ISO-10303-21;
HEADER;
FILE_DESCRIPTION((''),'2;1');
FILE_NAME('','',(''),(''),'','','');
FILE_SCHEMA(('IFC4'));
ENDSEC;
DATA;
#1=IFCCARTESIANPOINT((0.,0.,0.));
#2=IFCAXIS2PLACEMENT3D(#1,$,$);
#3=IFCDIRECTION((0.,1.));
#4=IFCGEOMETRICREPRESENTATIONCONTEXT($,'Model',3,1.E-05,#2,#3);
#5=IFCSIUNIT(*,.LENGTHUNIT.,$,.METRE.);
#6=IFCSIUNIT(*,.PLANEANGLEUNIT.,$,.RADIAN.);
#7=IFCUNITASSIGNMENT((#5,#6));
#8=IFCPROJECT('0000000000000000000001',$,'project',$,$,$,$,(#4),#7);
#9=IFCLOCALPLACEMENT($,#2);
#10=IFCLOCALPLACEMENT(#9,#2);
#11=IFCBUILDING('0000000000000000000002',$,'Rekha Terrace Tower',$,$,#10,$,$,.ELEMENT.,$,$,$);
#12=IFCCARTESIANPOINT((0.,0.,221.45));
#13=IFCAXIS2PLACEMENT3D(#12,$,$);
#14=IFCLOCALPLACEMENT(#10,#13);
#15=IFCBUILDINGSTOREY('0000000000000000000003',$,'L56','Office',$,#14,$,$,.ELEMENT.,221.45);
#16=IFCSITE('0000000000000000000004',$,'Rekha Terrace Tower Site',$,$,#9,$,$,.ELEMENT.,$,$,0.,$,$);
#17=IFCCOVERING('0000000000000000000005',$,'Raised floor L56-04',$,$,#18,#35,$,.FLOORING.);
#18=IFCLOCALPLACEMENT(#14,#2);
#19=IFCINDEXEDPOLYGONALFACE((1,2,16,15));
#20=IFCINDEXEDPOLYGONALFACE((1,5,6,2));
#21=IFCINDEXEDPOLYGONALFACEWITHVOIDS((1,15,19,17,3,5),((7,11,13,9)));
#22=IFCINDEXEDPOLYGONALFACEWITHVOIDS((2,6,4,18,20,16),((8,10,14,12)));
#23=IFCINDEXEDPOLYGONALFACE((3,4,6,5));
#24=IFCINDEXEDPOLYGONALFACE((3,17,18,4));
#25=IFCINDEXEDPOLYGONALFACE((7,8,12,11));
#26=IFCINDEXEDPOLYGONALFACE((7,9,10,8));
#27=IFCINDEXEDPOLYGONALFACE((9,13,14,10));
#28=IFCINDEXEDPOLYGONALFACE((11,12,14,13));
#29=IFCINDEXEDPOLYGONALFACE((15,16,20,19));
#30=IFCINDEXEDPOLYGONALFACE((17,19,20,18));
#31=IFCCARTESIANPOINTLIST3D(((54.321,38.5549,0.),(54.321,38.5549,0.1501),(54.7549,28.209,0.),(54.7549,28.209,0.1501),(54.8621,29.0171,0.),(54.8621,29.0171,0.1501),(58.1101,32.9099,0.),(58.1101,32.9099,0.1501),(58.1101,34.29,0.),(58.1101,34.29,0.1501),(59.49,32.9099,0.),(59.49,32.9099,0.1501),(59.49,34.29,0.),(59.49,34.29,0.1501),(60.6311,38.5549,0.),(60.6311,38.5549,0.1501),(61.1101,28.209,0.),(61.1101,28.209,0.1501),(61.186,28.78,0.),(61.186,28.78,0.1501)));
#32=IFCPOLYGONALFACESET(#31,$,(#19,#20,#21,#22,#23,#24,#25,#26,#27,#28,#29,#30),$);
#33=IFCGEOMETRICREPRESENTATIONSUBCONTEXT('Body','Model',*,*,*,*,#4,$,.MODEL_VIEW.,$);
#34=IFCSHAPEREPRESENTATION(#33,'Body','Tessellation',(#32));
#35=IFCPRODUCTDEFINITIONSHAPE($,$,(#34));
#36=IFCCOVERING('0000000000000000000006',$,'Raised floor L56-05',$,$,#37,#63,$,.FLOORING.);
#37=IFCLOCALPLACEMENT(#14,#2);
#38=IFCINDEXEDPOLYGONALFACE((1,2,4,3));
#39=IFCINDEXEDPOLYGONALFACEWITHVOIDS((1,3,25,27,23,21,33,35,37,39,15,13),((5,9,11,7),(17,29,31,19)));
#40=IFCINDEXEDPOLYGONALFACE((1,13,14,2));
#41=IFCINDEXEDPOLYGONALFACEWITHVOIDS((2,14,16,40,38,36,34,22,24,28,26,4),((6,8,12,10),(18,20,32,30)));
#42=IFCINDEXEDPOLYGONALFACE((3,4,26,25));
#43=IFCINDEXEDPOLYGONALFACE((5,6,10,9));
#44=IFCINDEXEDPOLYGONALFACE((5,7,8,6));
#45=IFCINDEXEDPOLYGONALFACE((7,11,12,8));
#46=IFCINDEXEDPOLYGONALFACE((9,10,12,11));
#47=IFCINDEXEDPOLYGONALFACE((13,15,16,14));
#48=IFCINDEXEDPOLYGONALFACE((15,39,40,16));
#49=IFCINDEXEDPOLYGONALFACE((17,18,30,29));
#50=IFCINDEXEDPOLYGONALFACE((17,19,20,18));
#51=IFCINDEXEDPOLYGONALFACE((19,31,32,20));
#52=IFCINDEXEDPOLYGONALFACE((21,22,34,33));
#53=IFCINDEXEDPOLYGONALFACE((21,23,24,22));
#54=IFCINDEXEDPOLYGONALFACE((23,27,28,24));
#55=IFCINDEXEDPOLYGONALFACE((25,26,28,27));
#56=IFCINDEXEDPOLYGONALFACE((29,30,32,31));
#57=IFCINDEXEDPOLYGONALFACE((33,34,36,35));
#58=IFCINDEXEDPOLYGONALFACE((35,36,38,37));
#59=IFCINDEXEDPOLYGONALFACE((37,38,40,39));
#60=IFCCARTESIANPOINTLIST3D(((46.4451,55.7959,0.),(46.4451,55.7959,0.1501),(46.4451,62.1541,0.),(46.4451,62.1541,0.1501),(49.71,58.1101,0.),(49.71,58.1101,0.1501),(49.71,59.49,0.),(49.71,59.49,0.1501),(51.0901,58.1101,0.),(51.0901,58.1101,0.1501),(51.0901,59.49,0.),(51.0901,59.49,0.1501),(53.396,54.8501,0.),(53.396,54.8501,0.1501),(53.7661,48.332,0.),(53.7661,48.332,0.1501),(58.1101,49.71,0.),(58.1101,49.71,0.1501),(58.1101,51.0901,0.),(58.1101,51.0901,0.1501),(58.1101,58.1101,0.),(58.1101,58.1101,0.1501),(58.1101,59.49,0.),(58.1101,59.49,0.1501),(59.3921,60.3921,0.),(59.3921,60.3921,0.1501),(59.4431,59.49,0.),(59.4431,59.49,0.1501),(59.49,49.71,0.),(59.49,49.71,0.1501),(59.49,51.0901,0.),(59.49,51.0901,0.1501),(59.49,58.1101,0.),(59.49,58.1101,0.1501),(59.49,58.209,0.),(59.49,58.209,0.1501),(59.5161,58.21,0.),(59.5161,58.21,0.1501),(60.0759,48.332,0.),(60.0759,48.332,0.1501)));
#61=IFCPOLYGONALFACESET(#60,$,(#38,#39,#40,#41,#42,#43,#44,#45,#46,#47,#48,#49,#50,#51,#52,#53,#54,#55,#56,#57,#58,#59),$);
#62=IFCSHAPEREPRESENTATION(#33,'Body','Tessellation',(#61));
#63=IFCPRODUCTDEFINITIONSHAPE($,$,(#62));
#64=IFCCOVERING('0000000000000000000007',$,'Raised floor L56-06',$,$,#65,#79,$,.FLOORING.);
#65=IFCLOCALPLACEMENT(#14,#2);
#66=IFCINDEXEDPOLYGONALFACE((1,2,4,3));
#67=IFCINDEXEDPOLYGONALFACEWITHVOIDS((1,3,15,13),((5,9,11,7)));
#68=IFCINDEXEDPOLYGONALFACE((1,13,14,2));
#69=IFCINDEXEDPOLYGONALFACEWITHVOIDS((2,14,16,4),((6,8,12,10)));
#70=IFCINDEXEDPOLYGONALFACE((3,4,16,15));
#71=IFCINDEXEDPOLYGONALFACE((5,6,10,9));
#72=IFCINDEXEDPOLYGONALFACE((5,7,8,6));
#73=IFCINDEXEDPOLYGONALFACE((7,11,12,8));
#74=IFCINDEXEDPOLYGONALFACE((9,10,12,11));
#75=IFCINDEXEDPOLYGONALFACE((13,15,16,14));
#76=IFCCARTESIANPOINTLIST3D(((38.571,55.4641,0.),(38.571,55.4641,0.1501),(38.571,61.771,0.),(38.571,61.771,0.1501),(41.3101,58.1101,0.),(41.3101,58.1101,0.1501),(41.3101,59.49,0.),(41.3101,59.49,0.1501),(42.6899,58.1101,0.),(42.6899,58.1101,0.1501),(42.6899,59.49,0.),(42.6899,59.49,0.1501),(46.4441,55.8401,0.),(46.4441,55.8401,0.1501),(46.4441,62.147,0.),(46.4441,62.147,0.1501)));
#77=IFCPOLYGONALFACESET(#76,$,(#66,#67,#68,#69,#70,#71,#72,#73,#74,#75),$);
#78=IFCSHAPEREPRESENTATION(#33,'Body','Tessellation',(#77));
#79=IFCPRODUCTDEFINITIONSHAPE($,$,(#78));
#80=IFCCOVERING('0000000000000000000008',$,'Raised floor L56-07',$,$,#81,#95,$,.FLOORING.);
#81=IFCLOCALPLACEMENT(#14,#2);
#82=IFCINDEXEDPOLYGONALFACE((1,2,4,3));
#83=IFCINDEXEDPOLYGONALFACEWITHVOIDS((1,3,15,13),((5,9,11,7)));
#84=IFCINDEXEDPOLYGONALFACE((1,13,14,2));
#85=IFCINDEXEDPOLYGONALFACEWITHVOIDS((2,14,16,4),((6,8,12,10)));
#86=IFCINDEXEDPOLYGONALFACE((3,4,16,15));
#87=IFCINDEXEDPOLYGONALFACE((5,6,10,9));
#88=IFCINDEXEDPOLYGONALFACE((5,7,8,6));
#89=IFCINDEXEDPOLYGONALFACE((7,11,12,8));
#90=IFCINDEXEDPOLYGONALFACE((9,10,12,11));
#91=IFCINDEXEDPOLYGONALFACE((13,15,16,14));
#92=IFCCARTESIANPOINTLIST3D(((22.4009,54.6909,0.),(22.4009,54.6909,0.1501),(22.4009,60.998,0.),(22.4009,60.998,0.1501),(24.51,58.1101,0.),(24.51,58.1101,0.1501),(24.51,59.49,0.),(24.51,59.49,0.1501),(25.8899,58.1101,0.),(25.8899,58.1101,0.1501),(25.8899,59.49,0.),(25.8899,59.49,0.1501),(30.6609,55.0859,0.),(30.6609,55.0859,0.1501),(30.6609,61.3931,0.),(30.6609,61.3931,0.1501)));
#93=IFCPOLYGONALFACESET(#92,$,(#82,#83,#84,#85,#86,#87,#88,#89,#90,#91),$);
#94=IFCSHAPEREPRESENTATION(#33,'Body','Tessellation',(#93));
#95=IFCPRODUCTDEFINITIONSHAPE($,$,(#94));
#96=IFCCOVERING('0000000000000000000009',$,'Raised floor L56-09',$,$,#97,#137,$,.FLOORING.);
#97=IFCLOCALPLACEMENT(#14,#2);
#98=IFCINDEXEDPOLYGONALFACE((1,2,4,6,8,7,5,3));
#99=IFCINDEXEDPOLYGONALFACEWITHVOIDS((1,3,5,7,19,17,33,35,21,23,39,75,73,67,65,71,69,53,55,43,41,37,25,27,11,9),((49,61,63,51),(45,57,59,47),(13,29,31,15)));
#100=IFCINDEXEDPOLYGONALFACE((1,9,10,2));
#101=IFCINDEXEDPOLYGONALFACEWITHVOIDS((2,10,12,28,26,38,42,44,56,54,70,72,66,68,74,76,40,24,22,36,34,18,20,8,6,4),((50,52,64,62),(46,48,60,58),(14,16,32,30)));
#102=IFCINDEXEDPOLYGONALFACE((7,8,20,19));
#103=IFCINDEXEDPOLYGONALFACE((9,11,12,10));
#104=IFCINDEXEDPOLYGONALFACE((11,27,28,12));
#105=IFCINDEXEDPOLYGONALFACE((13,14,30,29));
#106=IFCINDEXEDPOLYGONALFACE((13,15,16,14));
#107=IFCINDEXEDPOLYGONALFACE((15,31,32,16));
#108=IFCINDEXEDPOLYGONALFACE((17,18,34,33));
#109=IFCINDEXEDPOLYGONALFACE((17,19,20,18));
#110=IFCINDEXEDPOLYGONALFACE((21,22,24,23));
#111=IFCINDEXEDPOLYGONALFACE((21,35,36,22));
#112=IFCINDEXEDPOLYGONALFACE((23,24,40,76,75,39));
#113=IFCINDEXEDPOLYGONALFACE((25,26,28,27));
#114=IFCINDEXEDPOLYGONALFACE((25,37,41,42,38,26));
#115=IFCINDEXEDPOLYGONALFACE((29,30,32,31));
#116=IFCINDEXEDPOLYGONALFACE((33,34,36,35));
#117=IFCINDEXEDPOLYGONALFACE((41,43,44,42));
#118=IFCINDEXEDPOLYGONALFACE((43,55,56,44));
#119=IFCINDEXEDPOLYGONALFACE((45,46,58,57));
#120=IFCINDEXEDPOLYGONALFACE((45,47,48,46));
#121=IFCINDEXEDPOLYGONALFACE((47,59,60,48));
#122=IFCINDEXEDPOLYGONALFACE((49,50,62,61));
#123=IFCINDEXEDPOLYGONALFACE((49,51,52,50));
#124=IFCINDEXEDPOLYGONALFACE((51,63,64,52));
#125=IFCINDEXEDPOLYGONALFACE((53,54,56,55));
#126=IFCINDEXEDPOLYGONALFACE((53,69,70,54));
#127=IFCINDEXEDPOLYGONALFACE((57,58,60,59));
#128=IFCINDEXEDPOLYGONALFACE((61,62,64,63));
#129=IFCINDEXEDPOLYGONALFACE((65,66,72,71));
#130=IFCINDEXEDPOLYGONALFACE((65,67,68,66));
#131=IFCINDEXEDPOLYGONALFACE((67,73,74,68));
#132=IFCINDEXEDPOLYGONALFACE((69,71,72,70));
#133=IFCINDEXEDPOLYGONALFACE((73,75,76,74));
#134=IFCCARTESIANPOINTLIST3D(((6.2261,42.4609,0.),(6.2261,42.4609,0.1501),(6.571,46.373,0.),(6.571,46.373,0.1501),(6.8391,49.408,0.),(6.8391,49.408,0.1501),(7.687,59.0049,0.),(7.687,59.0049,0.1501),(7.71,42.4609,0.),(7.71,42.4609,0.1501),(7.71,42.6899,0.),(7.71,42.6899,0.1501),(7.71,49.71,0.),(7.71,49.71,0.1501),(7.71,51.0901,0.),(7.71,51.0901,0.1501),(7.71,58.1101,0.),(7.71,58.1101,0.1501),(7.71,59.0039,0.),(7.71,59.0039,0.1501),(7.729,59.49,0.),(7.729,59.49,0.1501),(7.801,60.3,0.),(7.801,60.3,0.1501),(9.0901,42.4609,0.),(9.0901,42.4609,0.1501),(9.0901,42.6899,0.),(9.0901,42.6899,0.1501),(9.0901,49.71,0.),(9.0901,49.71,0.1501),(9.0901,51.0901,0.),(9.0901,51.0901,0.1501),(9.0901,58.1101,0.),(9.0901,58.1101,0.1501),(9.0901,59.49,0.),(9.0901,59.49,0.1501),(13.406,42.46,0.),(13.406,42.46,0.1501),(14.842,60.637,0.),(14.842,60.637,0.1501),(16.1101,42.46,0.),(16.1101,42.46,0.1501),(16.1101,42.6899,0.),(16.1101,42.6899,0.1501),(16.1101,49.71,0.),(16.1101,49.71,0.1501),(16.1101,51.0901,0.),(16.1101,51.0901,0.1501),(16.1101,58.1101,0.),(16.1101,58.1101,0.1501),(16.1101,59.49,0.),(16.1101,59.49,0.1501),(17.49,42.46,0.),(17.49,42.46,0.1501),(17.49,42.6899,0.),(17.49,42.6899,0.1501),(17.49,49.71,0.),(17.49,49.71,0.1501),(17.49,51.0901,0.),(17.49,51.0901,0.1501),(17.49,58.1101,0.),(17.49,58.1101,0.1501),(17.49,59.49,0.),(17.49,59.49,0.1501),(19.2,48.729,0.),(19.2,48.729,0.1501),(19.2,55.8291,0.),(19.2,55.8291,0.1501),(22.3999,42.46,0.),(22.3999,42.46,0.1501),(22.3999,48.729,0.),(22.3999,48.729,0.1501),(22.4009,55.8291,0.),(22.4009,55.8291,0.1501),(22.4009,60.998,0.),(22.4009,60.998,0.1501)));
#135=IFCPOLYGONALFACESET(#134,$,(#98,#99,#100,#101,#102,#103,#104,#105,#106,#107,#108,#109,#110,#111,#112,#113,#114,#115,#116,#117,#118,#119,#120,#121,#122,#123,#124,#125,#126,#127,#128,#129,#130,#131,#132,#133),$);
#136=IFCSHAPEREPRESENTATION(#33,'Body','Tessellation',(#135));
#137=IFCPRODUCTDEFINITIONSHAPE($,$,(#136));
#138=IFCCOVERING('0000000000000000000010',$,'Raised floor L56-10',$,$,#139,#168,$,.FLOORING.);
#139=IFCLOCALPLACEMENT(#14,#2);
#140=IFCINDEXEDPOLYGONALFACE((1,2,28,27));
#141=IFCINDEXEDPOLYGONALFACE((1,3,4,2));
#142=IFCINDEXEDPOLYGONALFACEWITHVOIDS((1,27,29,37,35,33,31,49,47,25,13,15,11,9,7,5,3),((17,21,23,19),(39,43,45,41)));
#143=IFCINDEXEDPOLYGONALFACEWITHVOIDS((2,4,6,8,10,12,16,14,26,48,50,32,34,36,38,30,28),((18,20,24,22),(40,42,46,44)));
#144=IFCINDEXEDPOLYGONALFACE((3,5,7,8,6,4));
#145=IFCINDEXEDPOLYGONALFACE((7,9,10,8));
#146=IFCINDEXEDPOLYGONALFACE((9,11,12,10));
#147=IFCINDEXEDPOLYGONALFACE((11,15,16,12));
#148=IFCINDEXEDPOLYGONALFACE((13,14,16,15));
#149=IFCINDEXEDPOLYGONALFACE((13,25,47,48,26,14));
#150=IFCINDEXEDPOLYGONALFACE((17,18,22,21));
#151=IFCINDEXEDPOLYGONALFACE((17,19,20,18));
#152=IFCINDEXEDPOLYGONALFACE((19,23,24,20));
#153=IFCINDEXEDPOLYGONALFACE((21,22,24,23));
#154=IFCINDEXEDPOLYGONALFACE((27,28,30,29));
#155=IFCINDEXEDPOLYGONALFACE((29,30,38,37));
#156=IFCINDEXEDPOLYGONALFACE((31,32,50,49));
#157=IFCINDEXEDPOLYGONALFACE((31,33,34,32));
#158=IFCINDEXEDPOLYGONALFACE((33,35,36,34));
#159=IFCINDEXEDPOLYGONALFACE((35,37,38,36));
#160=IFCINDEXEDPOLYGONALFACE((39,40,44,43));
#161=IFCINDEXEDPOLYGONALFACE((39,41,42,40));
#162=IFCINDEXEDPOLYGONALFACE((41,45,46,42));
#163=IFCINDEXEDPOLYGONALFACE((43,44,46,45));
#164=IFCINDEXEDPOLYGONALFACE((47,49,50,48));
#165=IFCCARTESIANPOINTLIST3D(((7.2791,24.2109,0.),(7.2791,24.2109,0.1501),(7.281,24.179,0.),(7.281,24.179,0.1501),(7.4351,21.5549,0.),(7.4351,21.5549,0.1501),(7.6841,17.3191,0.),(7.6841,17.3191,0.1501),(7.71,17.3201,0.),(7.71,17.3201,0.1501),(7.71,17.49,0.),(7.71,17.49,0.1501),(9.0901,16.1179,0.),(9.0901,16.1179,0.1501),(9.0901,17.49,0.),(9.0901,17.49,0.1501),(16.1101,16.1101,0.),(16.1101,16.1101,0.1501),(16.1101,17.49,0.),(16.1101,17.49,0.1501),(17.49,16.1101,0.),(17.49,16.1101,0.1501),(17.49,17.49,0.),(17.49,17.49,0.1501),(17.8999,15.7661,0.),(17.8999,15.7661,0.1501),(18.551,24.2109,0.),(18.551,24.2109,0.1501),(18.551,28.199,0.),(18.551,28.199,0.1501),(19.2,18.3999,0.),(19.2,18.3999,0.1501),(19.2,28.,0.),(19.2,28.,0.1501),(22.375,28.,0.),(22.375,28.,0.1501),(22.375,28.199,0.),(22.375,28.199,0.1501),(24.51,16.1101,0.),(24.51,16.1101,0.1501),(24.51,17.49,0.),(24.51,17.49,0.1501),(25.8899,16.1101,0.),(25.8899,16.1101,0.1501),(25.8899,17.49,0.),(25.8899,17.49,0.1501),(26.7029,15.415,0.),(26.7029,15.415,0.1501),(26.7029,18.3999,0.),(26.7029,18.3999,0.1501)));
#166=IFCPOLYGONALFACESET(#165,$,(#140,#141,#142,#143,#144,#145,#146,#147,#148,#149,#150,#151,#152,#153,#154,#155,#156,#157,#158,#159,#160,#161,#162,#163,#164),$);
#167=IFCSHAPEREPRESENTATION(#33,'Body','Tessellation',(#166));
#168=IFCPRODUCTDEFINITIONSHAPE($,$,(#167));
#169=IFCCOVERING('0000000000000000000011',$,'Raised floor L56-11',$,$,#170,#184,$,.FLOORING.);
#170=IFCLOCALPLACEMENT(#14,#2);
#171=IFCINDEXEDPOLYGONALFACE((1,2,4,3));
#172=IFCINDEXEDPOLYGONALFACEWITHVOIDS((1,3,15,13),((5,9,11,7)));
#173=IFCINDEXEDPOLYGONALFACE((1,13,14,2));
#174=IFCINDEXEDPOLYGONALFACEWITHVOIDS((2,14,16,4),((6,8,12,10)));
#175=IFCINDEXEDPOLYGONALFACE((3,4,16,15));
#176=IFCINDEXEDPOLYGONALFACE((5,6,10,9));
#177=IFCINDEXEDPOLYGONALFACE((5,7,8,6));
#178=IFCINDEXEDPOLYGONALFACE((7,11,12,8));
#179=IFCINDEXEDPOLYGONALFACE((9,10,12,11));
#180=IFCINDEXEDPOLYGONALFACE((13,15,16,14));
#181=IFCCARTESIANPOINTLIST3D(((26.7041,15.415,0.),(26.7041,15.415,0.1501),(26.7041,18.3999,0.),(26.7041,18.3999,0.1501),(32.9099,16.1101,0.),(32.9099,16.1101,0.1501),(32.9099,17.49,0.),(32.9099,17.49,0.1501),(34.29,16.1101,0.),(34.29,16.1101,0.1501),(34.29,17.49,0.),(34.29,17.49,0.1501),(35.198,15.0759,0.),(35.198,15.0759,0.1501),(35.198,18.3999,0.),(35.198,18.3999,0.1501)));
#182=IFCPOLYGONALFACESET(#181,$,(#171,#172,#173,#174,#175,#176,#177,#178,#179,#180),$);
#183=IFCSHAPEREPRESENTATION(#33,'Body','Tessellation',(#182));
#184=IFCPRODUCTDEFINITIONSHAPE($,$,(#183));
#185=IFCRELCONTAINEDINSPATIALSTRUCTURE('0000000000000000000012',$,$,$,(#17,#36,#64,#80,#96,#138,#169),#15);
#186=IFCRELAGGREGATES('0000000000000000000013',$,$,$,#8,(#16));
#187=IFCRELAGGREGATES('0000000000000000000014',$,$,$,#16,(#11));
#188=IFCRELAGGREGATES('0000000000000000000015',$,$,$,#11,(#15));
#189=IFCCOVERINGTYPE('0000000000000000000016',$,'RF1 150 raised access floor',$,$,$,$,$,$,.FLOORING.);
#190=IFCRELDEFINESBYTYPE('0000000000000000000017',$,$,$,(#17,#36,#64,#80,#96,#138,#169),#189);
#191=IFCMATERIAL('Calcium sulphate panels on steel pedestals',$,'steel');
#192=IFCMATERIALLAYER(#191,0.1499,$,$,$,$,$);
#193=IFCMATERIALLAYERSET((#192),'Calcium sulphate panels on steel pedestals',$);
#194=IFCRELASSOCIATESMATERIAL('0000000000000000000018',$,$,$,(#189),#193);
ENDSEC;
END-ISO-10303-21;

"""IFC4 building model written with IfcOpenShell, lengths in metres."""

from ifc_helpers import new_model, si_unit, direction, frame, origin, place, context, subcontext, project, spatial, polyline, outline, extrude, material, layer, layer_set, type_object, element, save


model = new_model("IFC4")

# Units and contexts
model_context = context("Model", 3, precision=1e-05, world=origin(), true_north=direction((0.0, 1.0)))
body_context = subcontext(model_context, "Body", "Model", "MODEL_VIEW")
ifc_project = project(units=[si_unit("LENGTHUNIT", "METRE"), si_unit("PLANEANGLEUNIT", "RADIAN")], contexts=[model_context])

# Site, building, storey
site_placement = place(None, origin())
site = spatial("IfcSite", under=ifc_project, at=site_placement, Name="Rekha Terrace Tower Site", CompositionType="ELEMENT", RefElevation=0.0)
building_placement = place(site_placement, origin())
building = spatial("IfcBuilding", under=site, at=building_placement, Name="Rekha Terrace Tower", CompositionType="ELEMENT")
storey_placement = place(building_placement, frame((0.0, 0.0, 221.45)))
storey = spatial("IfcBuildingStorey", under=building, at=storey_placement, Name="L56", Description="Office", CompositionType="ELEMENT", Elevation=221.45)

# Coverings
ifc_material_1 = material(Name="Calcium sulphate panels on steel pedestals", Category="steel")
ifc_layer_1 = layer(ifc_material_1, 0.1499)
ifc_layer_set_1 = layer_set([ifc_layer_1], Name="Calcium sulphate panels on steel pedestals")
covering_type_1 = type_object("IfcCoveringType", Name="RF1 150 raised access floor", PredefinedType="FLOORING", material=ifc_layer_set_1)
covering_1_placement = place(storey_placement, origin())
element("IfcCovering", 1, at=covering_1_placement, inside=storey, type_object=covering_type_1, Name="Raised floor L56-04", PredefinedType="FLOORING", context=body_context, shape_type="SweptSolid", body=[
    extrude(outline(polyline([(61.186, 28.78), (60.6311, 38.5549), (54.321, 38.5549), (54.8621, 29.0171), (54.7549, 28.209), (61.1101, 28.209), (61.186, 28.78)]), holes=[polyline([(59.49, 34.29), (59.49, 32.9099), (58.1101, 32.9099), (58.1101, 34.29), (59.49, 34.29)])]), origin(), (0.0, 0.0, 1.0), 0.1501),
])
covering_2_placement = place(storey_placement, origin())
element("IfcCovering", 2, at=covering_2_placement, inside=storey, type_object=covering_type_1, Name="Raised floor L56-05", PredefinedType="FLOORING", context=body_context, shape_type="SweptSolid", body=[
    extrude(outline(polyline([(58.1101, 59.49), (59.4431, 59.49), (59.3921, 60.3921), (46.4451, 62.1541), (46.4451, 55.7959), (53.396, 54.8501), (53.7661, 48.332), (60.0759, 48.332), (59.5161, 58.21), (59.49, 58.209), (59.49, 58.1101), (58.1101, 58.1101), (58.1101, 59.49)]), holes=[polyline([(59.49, 51.0901), (59.49, 49.71), (58.1101, 49.71), (58.1101, 51.0901), (59.49, 51.0901)]), polyline([(51.0901, 58.1101), (49.71, 58.1101), (49.71, 59.49), (51.0901, 59.49), (51.0901, 58.1101)])]), origin(), (0.0, 0.0, 1.0), 0.1501),
])
covering_3_placement = place(storey_placement, origin())
element("IfcCovering", 3, at=covering_3_placement, inside=storey, type_object=covering_type_1, Name="Raised floor L56-06", PredefinedType="FLOORING", context=body_context, shape_type="SweptSolid", body=[
    extrude(outline(polyline([(46.4441, 62.147), (38.571, 61.771), (38.571, 55.4641), (46.4441, 55.8401), (46.4441, 62.147)]), holes=[polyline([(42.6899, 59.49), (42.6899, 58.1101), (41.3101, 58.1101), (41.3101, 59.49), (42.6899, 59.49)])]), origin(), (0.0, 0.0, 1.0), 0.1501),
])
covering_4_placement = place(storey_placement, origin())
element("IfcCovering", 4, at=covering_4_placement, inside=storey, type_object=covering_type_1, Name="Raised floor L56-07", PredefinedType="FLOORING", context=body_context, shape_type="SweptSolid", body=[
    extrude(outline(polyline([(30.6609, 55.0859), (30.6609, 61.3931), (22.4009, 60.998), (22.4009, 54.6909), (30.6609, 55.0859)]), holes=[polyline([(25.8899, 58.1101), (24.51, 58.1101), (24.51, 59.49), (25.8899, 59.49), (25.8899, 58.1101)])]), origin(), (0.0, 0.0, 1.0), 0.1501),
])
covering_5_placement = place(storey_placement, origin())
element("IfcCovering", 5, at=covering_5_placement, inside=storey, type_object=covering_type_1, Name="Raised floor L56-09", PredefinedType="FLOORING", context=body_context, shape_type="SweptSolid", body=[
    extrude(outline(polyline([(22.4009, 60.998), (14.842, 60.637), (7.801, 60.3), (7.729, 59.49), (9.0901, 59.49), (9.0901, 58.1101), (7.71, 58.1101), (7.71, 59.0039), (7.687, 59.0049), (6.8391, 49.408), (6.571, 46.373), (6.2261, 42.4609), (7.71, 42.4609), (7.71, 42.6899), (9.0901, 42.6899), (9.0901, 42.4609), (13.406, 42.46), (16.1101, 42.46), (16.1101, 42.6899), (17.49, 42.6899), (17.49, 42.46), (22.3999, 42.46), (22.3999, 48.729), (19.2, 48.729), (19.2, 55.8291), (22.4009, 55.8291), (22.4009, 60.998)]), holes=[polyline([(17.49, 51.0901), (17.49, 49.71), (16.1101, 49.71), (16.1101, 51.0901), (17.49, 51.0901)]), polyline([(17.49, 59.49), (17.49, 58.1101), (16.1101, 58.1101), (16.1101, 59.49), (17.49, 59.49)]), polyline([(9.0901, 49.71), (7.71, 49.71), (7.71, 51.0901), (9.0901, 51.0901), (9.0901, 49.71)])]), origin(), (0.0, 0.0, 1.0), 0.1501),
])
covering_6_placement = place(storey_placement, origin())
element("IfcCovering", 6, at=covering_6_placement, inside=storey, type_object=covering_type_1, Name="Raised floor L56-10", PredefinedType="FLOORING", context=body_context, shape_type="SweptSolid", body=[
    extrude(outline(polyline([(7.281, 24.179), (7.4351, 21.5549), (7.6841, 17.3191), (7.71, 17.3201), (7.71, 17.49), (9.0901, 17.49), (9.0901, 16.1179), (17.8999, 15.7661), (26.7029, 15.415), (26.7029, 18.3999), (19.2, 18.3999), (19.2, 28.0), (22.375, 28.0), (22.375, 28.199), (18.551, 28.199), (18.551, 24.2109), (7.2791, 24.2109), (7.281, 24.179)]), holes=[polyline([(25.8899, 17.49), (25.8899, 16.1101), (24.51, 16.1101), (24.51, 17.49), (25.8899, 17.49)]), polyline([(17.49, 17.49), (17.49, 16.1101), (16.1101, 16.1101), (16.1101, 17.49), (17.49, 17.49)])]), origin(), (0.0, 0.0, 1.0), 0.1501),
])
covering_7_placement = place(storey_placement, origin())
element("IfcCovering", 7, at=covering_7_placement, inside=storey, type_object=covering_type_1, Name="Raised floor L56-11", PredefinedType="FLOORING", context=body_context, shape_type="SweptSolid", body=[
    extrude(outline(polyline([(26.7041, 18.3999), (26.7041, 15.415), (35.198, 15.0759), (35.198, 18.3999), (26.7041, 18.3999)]), holes=[polyline([(34.29, 16.1101), (32.9099, 16.1101), (32.9099, 17.49), (34.29, 17.49), (34.29, 16.1101)])]), origin(), (0.0, 0.0, 1.0), 0.1501),
])

save(model, "model.ifc")
